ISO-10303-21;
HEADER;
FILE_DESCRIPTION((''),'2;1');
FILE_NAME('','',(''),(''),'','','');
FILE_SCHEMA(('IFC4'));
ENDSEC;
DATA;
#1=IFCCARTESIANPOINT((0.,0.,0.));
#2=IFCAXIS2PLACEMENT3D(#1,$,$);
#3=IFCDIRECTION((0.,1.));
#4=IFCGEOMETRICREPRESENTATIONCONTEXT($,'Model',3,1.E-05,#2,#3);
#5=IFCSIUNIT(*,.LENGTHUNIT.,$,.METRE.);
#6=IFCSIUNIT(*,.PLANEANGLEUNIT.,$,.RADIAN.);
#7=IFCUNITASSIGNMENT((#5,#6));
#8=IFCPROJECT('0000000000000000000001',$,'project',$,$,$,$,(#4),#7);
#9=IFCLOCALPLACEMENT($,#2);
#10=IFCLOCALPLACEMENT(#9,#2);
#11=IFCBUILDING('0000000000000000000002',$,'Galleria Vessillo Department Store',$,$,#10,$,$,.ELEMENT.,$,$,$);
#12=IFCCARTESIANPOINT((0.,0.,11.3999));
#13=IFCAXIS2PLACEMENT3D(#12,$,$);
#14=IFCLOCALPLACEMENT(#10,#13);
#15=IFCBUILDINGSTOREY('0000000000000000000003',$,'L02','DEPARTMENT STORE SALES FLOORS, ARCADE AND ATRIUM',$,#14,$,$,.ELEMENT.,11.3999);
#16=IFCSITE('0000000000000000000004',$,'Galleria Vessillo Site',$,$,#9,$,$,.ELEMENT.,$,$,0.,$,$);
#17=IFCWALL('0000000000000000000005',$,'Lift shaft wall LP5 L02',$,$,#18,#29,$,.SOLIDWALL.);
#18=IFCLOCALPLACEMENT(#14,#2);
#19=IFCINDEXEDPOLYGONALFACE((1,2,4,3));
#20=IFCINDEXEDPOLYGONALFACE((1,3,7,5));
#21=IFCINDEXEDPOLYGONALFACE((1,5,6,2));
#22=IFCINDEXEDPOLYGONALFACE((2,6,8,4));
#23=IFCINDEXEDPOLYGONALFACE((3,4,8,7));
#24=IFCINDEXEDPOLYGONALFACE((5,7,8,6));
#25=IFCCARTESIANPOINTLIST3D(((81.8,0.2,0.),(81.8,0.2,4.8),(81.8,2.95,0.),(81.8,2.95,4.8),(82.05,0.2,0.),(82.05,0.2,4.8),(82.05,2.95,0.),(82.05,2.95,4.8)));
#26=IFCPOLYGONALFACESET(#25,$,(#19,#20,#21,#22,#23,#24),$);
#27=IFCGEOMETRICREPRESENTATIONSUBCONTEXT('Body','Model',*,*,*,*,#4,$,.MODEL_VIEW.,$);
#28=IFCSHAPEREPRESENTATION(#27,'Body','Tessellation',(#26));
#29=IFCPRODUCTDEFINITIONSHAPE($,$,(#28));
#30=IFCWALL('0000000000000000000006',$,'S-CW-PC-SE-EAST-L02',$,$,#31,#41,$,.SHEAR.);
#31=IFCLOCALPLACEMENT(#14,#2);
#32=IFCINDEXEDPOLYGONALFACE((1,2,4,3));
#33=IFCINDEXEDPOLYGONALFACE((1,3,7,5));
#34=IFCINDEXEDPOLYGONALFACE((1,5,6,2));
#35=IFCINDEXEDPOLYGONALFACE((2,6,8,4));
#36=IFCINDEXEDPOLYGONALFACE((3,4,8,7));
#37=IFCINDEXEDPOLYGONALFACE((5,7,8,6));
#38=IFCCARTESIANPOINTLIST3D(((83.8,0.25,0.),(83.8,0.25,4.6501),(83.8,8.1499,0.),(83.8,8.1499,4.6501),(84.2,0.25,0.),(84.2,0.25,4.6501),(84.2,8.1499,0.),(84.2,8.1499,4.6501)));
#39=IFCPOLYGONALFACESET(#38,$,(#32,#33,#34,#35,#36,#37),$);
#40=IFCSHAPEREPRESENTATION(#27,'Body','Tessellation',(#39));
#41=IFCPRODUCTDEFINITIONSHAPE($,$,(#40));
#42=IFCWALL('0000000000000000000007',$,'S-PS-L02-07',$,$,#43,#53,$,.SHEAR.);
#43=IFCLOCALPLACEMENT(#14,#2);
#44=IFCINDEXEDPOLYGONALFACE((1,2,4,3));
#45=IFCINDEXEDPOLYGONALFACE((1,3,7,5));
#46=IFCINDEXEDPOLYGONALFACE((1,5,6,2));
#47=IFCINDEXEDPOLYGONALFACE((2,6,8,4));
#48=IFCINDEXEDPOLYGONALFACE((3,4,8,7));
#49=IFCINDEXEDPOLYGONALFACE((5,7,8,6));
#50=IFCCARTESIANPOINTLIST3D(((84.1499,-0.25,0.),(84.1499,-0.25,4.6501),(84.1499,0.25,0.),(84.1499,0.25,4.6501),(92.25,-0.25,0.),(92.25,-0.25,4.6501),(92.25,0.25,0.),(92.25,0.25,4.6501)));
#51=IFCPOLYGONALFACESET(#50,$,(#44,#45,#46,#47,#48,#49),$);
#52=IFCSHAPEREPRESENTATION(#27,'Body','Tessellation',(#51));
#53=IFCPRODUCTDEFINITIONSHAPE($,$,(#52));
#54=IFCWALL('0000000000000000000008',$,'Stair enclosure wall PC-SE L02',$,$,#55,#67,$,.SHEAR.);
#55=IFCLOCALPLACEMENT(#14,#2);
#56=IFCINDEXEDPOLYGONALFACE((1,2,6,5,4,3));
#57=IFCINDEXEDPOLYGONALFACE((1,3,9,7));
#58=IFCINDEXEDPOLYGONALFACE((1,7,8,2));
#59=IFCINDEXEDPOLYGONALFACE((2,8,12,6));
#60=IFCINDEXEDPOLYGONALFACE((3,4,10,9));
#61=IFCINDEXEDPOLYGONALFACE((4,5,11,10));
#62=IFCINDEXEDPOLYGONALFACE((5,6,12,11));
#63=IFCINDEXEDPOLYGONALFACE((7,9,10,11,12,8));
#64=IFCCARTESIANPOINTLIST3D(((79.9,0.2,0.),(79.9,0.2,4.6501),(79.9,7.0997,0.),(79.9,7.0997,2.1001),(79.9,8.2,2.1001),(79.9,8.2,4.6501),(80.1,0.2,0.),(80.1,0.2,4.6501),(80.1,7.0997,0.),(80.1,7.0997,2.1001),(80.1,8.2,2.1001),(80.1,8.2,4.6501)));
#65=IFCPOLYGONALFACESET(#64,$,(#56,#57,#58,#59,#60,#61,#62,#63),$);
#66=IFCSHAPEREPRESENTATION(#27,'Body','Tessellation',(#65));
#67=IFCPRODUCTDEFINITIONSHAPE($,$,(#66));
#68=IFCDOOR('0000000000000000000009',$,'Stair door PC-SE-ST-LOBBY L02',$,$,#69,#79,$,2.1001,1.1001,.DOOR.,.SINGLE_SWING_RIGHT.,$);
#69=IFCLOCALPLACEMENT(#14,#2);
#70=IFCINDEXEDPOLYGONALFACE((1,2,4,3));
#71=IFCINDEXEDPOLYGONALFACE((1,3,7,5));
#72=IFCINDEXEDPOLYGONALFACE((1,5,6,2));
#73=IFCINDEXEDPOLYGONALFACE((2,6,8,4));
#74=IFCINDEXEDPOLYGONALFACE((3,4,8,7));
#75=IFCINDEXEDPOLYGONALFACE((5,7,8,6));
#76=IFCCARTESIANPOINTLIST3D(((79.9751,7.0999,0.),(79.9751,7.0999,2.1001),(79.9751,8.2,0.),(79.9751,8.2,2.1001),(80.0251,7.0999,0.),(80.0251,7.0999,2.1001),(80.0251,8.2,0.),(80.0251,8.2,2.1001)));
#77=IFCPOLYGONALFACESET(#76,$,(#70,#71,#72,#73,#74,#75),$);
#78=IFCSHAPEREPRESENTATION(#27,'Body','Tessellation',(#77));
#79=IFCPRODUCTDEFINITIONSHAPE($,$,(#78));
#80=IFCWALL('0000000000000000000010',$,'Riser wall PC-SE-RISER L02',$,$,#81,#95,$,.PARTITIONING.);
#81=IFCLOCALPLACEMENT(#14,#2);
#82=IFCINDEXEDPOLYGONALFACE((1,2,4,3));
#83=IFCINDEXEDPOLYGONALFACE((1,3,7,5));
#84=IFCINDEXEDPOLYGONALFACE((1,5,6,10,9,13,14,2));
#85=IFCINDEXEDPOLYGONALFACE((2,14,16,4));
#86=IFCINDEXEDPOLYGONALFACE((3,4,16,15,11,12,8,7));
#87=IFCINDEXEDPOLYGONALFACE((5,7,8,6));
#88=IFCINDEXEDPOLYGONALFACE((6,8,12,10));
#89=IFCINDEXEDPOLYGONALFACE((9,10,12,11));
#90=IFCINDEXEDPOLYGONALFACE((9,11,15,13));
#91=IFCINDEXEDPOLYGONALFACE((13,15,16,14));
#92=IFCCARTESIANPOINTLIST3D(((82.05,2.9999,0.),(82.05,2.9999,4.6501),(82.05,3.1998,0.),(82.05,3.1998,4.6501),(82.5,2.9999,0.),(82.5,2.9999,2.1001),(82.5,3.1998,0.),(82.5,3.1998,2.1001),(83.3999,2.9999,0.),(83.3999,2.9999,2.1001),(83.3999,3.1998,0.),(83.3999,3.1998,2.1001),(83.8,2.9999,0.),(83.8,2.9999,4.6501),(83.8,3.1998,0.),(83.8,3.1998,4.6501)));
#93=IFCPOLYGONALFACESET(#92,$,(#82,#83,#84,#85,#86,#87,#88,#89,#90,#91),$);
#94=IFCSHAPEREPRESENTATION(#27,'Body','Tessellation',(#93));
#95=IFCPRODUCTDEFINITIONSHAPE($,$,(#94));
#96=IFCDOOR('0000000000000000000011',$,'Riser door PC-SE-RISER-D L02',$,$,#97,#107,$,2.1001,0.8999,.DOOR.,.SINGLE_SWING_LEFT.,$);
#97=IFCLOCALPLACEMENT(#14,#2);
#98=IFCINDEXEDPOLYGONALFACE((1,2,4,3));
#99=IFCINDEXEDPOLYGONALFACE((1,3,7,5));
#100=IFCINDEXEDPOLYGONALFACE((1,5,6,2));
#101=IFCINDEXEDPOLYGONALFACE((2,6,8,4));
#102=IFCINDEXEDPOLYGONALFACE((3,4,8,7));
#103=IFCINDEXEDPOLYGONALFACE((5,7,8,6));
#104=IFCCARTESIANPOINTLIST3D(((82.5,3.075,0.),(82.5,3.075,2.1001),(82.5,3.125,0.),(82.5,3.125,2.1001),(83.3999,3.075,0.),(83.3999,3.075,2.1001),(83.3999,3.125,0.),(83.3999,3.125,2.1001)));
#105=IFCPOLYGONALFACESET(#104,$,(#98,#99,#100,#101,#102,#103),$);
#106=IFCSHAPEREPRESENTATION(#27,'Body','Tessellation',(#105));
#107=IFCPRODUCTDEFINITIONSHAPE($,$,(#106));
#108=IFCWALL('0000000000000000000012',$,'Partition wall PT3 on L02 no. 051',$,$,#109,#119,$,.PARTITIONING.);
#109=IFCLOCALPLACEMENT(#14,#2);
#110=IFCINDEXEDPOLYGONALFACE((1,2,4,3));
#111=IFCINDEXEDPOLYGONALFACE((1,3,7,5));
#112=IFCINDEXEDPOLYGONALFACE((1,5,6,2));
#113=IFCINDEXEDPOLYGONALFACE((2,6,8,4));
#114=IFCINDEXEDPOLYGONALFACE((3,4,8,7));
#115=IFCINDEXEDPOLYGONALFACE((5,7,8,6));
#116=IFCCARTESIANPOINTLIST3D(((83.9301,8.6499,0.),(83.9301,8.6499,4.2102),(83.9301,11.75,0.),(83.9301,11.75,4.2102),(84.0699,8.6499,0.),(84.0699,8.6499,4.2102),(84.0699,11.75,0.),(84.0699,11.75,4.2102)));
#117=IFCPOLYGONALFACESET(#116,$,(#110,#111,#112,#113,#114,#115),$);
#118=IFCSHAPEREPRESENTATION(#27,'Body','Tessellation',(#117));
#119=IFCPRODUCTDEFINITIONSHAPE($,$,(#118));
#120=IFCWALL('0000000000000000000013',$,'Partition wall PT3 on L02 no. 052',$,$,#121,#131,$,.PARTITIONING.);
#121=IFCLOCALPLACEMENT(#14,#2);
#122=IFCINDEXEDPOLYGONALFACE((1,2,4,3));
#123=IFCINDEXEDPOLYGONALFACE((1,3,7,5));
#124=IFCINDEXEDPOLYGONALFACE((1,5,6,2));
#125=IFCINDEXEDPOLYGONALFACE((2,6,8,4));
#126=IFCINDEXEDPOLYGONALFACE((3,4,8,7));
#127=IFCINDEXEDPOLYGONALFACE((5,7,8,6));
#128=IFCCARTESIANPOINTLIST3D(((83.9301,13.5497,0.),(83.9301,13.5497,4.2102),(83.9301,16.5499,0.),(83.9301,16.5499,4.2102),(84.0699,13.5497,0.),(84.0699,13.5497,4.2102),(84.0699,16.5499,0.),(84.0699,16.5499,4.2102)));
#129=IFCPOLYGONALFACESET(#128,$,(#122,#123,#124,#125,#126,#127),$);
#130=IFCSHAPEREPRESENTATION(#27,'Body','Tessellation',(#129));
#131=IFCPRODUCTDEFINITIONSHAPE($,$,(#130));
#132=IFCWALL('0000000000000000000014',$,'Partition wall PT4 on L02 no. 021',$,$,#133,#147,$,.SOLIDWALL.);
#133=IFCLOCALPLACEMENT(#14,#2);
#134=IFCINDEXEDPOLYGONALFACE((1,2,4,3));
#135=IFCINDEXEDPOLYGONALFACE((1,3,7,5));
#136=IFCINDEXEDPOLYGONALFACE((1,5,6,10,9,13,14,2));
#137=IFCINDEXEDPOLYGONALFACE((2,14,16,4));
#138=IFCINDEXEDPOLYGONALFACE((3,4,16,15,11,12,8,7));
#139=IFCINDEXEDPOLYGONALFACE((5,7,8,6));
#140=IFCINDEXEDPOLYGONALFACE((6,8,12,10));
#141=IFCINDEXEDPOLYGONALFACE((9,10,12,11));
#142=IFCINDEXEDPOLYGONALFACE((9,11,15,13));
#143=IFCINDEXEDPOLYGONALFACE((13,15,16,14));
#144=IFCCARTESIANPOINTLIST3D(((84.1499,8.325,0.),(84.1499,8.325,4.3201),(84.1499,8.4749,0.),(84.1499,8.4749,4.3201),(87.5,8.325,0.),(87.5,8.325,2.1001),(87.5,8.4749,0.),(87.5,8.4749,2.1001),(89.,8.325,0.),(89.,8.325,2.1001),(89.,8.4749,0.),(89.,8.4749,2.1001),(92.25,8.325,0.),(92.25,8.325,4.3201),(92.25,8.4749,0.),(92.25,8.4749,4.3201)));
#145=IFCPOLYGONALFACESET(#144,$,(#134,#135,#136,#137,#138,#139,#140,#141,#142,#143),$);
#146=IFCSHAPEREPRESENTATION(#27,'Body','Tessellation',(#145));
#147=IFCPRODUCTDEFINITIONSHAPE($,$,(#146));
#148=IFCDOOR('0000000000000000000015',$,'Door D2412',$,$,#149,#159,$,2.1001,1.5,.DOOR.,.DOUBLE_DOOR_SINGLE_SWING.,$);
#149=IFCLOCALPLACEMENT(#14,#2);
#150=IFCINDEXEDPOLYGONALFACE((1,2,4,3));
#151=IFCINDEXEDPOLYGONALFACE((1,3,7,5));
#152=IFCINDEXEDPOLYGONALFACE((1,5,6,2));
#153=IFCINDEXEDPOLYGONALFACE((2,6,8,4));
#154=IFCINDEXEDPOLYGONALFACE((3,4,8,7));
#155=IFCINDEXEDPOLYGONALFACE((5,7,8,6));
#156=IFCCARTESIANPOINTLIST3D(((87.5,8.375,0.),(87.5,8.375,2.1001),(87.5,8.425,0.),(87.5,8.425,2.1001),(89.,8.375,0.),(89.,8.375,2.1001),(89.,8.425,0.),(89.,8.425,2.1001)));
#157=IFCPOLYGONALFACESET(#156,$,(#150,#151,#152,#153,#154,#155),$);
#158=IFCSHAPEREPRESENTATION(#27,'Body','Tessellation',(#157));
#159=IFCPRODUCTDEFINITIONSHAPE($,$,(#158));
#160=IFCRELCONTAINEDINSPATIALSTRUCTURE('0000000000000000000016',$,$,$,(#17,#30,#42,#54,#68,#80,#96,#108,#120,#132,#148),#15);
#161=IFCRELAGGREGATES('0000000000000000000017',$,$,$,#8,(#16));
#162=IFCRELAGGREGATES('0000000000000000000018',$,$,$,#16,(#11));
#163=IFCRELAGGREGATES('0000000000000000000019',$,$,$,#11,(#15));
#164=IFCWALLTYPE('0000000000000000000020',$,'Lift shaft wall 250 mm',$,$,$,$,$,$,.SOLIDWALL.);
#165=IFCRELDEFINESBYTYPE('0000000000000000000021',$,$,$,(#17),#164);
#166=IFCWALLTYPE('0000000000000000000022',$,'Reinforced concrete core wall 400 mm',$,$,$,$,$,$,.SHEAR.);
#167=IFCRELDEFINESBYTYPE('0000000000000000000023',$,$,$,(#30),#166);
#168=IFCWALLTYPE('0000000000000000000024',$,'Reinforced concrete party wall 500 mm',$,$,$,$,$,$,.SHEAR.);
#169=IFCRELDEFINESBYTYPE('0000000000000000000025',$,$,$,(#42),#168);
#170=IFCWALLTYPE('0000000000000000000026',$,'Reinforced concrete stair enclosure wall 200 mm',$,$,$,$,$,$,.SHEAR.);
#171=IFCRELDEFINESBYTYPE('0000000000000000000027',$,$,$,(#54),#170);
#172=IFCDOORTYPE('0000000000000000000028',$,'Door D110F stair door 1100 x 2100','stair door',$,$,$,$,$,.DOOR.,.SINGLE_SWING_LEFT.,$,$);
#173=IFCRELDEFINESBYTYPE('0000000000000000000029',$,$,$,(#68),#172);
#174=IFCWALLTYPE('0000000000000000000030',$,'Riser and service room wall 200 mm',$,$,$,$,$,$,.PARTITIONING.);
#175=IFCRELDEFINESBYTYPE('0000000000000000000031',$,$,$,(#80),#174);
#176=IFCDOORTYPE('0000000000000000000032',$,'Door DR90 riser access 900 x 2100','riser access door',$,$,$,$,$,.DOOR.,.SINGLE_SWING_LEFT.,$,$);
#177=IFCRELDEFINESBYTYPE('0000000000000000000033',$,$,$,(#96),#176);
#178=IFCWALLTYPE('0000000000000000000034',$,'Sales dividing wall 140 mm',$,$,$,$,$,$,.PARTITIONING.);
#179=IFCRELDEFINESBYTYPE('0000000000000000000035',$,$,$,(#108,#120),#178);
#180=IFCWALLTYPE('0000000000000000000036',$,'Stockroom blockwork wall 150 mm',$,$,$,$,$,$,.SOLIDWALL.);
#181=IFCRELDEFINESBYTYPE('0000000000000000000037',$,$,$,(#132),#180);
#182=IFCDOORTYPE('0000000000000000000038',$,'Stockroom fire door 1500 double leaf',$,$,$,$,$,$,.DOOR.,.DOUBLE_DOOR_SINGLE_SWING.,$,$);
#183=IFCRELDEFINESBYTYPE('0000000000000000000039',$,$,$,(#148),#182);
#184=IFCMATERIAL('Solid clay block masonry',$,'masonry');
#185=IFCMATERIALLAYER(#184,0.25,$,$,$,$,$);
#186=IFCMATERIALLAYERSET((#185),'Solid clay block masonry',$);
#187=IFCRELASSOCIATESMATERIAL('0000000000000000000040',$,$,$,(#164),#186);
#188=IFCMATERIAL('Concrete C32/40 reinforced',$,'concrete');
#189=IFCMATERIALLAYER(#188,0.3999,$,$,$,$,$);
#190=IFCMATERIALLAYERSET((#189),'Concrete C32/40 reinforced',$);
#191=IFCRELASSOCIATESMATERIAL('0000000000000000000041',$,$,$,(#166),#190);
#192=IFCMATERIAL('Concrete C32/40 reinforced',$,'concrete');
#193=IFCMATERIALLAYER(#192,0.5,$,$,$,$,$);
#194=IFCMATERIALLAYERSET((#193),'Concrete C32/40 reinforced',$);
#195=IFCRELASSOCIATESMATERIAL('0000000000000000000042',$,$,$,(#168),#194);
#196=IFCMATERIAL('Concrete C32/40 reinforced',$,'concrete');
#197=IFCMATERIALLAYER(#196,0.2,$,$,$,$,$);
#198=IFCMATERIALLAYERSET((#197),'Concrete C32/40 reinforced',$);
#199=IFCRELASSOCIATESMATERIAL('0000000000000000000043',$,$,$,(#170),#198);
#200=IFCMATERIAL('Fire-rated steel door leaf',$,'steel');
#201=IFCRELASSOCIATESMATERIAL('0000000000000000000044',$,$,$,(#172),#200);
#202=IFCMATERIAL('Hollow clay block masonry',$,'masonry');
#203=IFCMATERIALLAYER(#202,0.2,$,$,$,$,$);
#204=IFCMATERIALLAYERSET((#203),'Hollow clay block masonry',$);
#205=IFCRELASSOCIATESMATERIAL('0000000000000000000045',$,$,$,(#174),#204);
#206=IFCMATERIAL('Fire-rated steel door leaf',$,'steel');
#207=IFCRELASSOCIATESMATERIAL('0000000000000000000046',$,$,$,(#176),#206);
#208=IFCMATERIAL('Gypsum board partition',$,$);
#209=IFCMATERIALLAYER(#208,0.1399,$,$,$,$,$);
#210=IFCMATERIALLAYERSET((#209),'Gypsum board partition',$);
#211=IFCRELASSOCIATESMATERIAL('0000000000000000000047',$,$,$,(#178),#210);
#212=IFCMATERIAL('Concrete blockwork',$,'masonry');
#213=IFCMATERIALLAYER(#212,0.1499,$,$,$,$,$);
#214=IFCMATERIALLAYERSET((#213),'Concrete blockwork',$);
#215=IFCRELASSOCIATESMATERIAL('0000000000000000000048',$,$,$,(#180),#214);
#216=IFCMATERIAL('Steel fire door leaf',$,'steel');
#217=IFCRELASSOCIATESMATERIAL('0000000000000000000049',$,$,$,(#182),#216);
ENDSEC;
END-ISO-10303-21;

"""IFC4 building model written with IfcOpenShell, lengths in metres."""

from ifc_helpers import new_model, si_unit, direction, frame, frame_2d, origin, place, context, subcontext, project, spatial, rectangle, extrude, material, layer, layer_set, type_object, element, fill, save


model = new_model("IFC4")

# Units and contexts
model_context = context("Model", 3, precision=1e-05, world=origin(), true_north=direction((0.0, 1.0)))
body_context = subcontext(model_context, "Body", "Model", "MODEL_VIEW")
ifc_project = project(units=[si_unit("LENGTHUNIT", "METRE"), si_unit("PLANEANGLEUNIT", "RADIAN")], contexts=[model_context])

# Site, building, storey
site_placement = place(None, origin())
site = spatial("IfcSite", under=ifc_project, at=site_placement, Name="Galleria Vessillo Site", CompositionType="ELEMENT", RefElevation=0.0)
building_placement = place(site_placement, origin())
building = spatial("IfcBuilding", under=site, at=building_placement, Name="Galleria Vessillo Department Store", CompositionType="ELEMENT")
storey_placement = place(building_placement, frame((0.0, 0.0, 11.3999)))
storey = spatial("IfcBuildingStorey", under=building, at=storey_placement, Name="L02", Description="DEPARTMENT STORE SALES FLOORS, ARCADE AND ATRIUM", CompositionType="ELEMENT", Elevation=11.3999)

# Shared definitions
ifc_material_1 = material(Name="Solid clay block masonry", Category="masonry")
ifc_layer_1 = layer(ifc_material_1, 0.25)
ifc_layer_set_1 = layer_set([ifc_layer_1], Name="Solid clay block masonry")
wall_type_1 = type_object("IfcWallType", Name="Lift shaft wall 250 mm", PredefinedType="SOLIDWALL", material=ifc_layer_set_1)

# Walls
wall_1_placement = place(storey_placement, frame((81.925, 0.2, 0.0), z_axis=(0.0, 0.0, 1.0), x_axis=(0.0, 1.0, 0.0)))
element("IfcWall", 1, at=wall_1_placement, inside=storey, type_object=wall_type_1, Name="Lift shaft wall LP5 L02", PredefinedType="SOLIDWALL", context=body_context, shape_type="SweptSolid", body=[
    extrude(rectangle(XDim=2.75, YDim=0.25, at=frame_2d((1.375, 0.0))), origin(), (0.0, 0.0, 1.0), 4.8),
])
ifc_material_2 = material(Name="Concrete C32/40 reinforced", Category="concrete")
ifc_layer_2 = layer(ifc_material_2, 0.3999)
ifc_layer_set_2 = layer_set([ifc_layer_2], Name="Concrete C32/40 reinforced")
wall_type_2 = type_object("IfcWallType", Name="Reinforced concrete core wall 400 mm", PredefinedType="SHEAR", material=ifc_layer_set_2)
wall_2_placement = place(storey_placement, frame((84.0, 0.25, 0.0), z_axis=(0.0, 0.0, 1.0), x_axis=(0.0, 1.0, 0.0)))
element("IfcWall", 2, at=wall_2_placement, inside=storey, type_object=wall_type_2, Name="S-CW-PC-SE-EAST-L02", PredefinedType="SHEAR", context=body_context, shape_type="SweptSolid", body=[
    extrude(rectangle(XDim=7.8999, YDim=0.3999, at=frame_2d((3.95, 0.0))), origin(), (0.0, 0.0, 1.0), 4.6501),
])
ifc_material_3 = material(Name="Concrete C32/40 reinforced", Category="concrete")
ifc_layer_3 = layer(ifc_material_3, 0.5)
ifc_layer_set_3 = layer_set([ifc_layer_3], Name="Concrete C32/40 reinforced")
wall_type_3 = type_object("IfcWallType", Name="Reinforced concrete party wall 500 mm", PredefinedType="SHEAR", material=ifc_layer_set_3)
wall_3_placement = place(storey_placement, frame((84.1499, 0.0, 0.0), z_axis=(0.0, 0.0, 1.0), x_axis=(1.0, 0.0, 0.0)))
element("IfcWall", 3, at=wall_3_placement, inside=storey, type_object=wall_type_3, Name="S-PS-L02-07", PredefinedType="SHEAR", context=body_context, shape_type="SweptSolid", body=[
    extrude(rectangle(XDim=8.1001, YDim=0.5, at=frame_2d((4.05, 0.0))), origin(), (0.0, 0.0, 1.0), 4.6501),
])

# Walls, openings, doors
ifc_material_4 = material(Name="Concrete C32/40 reinforced", Category="concrete")
ifc_layer_4 = layer(ifc_material_4, 0.2)
ifc_layer_set_4 = layer_set([ifc_layer_4], Name="Concrete C32/40 reinforced")
wall_type_4 = type_object("IfcWallType", Name="Reinforced concrete stair enclosure wall 200 mm", PredefinedType="SHEAR", material=ifc_layer_set_4)
wall_4_placement = place(storey_placement, frame((80.0, 0.2, 0.0), z_axis=(0.0, 0.0, 1.0), x_axis=(0.0, 1.0, 0.0)))
wall_4 = element("IfcWall", 4, at=wall_4_placement, inside=storey, type_object=wall_type_4, Name="Stair enclosure wall PC-SE L02", PredefinedType="SHEAR", context=body_context, shape_type="SweptSolid", body=[
    extrude(rectangle(XDim=8.0, YDim=0.2, at=frame_2d((4.0, 0.0))), origin(), (0.0, 0.0, 1.0), 4.6501),
])
opening_1_placement = place(wall_4_placement, frame((6.8999, 0.0, 0.0)))
opening_1 = element("IfcOpeningElement", 5, at=opening_1_placement, cuts=wall_4, PredefinedType="OPENING", context=body_context, shape_type="SweptSolid", body=[
    extrude(rectangle(XDim=1.1101, YDim=2.1001, at=frame_2d((0.5549, 1.05))), frame((0.0, 0.1099, 0.0), z_axis=(0.0, -1.0, 0.0), x_axis=(1.0, 0.0, 0.0)), (0.0, 0.0, 1.0), 0.22),
])
ifc_material_5 = material(Name="Fire-rated steel door leaf", Category="steel")
door_type_1 = type_object("IfcDoorType", Name="Door D110F stair door 1100 x 2100", Description="stair door", OperationType="SINGLE_SWING_LEFT", PredefinedType="DOOR", material=ifc_material_5)
door_1_placement = place(opening_1_placement, origin())
door_1 = element("IfcDoor", 6, at=door_1_placement, inside=storey, type_object=door_type_1, Name="Stair door PC-SE-ST-LOBBY L02", OperationType="SINGLE_SWING_RIGHT", OverallHeight=2.1001, OverallWidth=1.1001, PredefinedType="DOOR", context=body_context, shape_type="SweptSolid", body=[
    extrude(rectangle(XDim=1.1001, YDim=2.1001, at=frame_2d((0.55, 1.05))), frame((0.0, 0.0249, 0.0), z_axis=(0.0, -1.0, 0.0), x_axis=(1.0, 0.0, 0.0)), (0.0, 0.0, 1.0), 0.05),
])
fill(opening_1, door_1)
ifc_material_6 = material(Name="Hollow clay block masonry", Category="masonry")
ifc_layer_5 = layer(ifc_material_6, 0.2)
ifc_layer_set_5 = layer_set([ifc_layer_5], Name="Hollow clay block masonry")
wall_type_5 = type_object("IfcWallType", Name="Riser and service room wall 200 mm", PredefinedType="PARTITIONING", material=ifc_layer_set_5)
wall_5_placement = place(storey_placement, frame((82.05, 3.0999, 0.0), z_axis=(0.0, 0.0, 1.0), x_axis=(1.0, 0.0, 0.0)))
wall_5 = element("IfcWall", 7, at=wall_5_placement, inside=storey, type_object=wall_type_5, Name="Riser wall PC-SE-RISER L02", PredefinedType="PARTITIONING", context=body_context, shape_type="SweptSolid", body=[
    extrude(rectangle(XDim=1.75, YDim=0.2, at=frame_2d((0.875, 0.0))), origin(), (0.0, 0.0, 1.0), 4.6501),
])
opening_2_placement = place(wall_5_placement, frame((0.45, 0.0, 0.0)))
opening_2 = element("IfcOpeningElement", 8, at=opening_2_placement, cuts=wall_5, PredefinedType="OPENING", context=body_context, shape_type="SweptSolid", body=[
    extrude(rectangle(XDim=0.8999, YDim=2.1001, at=frame_2d((0.45, 1.05))), frame((0.0, 0.1099, 0.0), z_axis=(0.0, -1.0, 0.0), x_axis=(1.0, 0.0, 0.0)), (0.0, 0.0, 1.0), 0.22),
])
ifc_material_7 = material(Name="Fire-rated steel door leaf", Category="steel")
door_type_2 = type_object("IfcDoorType", Name="Door DR90 riser access 900 x 2100", Description="riser access door", OperationType="SINGLE_SWING_LEFT", PredefinedType="DOOR", material=ifc_material_7)
door_2_placement = place(opening_2_placement, frame((0.8999, 0.0, 0.0), z_axis=(0.0, 0.0, 1.0), x_axis=(-1.0, 0.0, 0.0)))
door_2 = element("IfcDoor", 9, at=door_2_placement, inside=storey, type_object=door_type_2, Name="Riser door PC-SE-RISER-D L02", OperationType="SINGLE_SWING_LEFT", OverallHeight=2.1001, OverallWidth=0.8999, PredefinedType="DOOR", context=body_context, shape_type="SweptSolid", body=[
    extrude(rectangle(XDim=0.8999, YDim=2.1001, at=frame_2d((0.45, 1.05))), frame((0.0, 0.0249, 0.0), z_axis=(0.0, -1.0, 0.0), x_axis=(1.0, 0.0, 0.0)), (0.0, 0.0, 1.0), 0.05),
])
fill(opening_2, door_2)

# Walls
ifc_material_8 = material(Name="Gypsum board partition")
ifc_layer_6 = layer(ifc_material_8, 0.1399)
ifc_layer_set_6 = layer_set([ifc_layer_6], Name="Gypsum board partition")
wall_type_6 = type_object("IfcWallType", Name="Sales dividing wall 140 mm", PredefinedType="PARTITIONING", material=ifc_layer_set_6)
wall_6_placement = place(storey_placement, frame((84.0, 8.6499, 0.0), z_axis=(0.0, 0.0, 1.0), x_axis=(0.0, 1.0, 0.0)))
element("IfcWall", 10, at=wall_6_placement, inside=storey, type_object=wall_type_6, Name="Partition wall PT3 on L02 no. 051", PredefinedType="PARTITIONING", context=body_context, shape_type="SweptSolid", body=[
    extrude(rectangle(XDim=3.1001, YDim=0.1399, at=frame_2d((1.55, 0.0))), origin(), (0.0, 0.0, 1.0), 4.2102),
])
wall_7_placement = place(storey_placement, frame((84.0, 13.5498, 0.0), z_axis=(0.0, 0.0, 1.0), x_axis=(0.0, 1.0, 0.0)))
element("IfcWall", 11, at=wall_7_placement, inside=storey, type_object=wall_type_6, Name="Partition wall PT3 on L02 no. 052", PredefinedType="PARTITIONING", context=body_context, shape_type="SweptSolid", body=[
    extrude(rectangle(XDim=3.0002, YDim=0.1399, at=frame_2d((1.5, 0.0))), origin(), (0.0, 0.0, 1.0), 4.2102),
])

# Wall, opening, door
ifc_material_9 = material(Name="Concrete blockwork", Category="masonry")
ifc_layer_7 = layer(ifc_material_9, 0.1499)
ifc_layer_set_7 = layer_set([ifc_layer_7], Name="Concrete blockwork")
wall_type_7 = type_object("IfcWallType", Name="Stockroom blockwork wall 150 mm", PredefinedType="SOLIDWALL", material=ifc_layer_set_7)
wall_8_placement = place(storey_placement, frame((84.1499, 8.3999, 0.0), z_axis=(0.0, 0.0, 1.0), x_axis=(1.0, 0.0, 0.0)))
wall_8 = element("IfcWall", 12, at=wall_8_placement, inside=storey, type_object=wall_type_7, Name="Partition wall PT4 on L02 no. 021", PredefinedType="SOLIDWALL", context=body_context, shape_type="SweptSolid", body=[
    extrude(rectangle(XDim=8.1001, YDim=0.1499, at=frame_2d((4.05, 0.0))), origin(), (0.0, 0.0, 1.0), 4.3201),
])
opening_3_placement = place(wall_8_placement, frame((3.3501, 0.0, 0.0)))
opening_3 = element("IfcOpeningElement", 13, at=opening_3_placement, cuts=wall_8, PredefinedType="OPENING", context=body_context, shape_type="SweptSolid", body=[
    extrude(rectangle(XDim=1.5, YDim=2.1001, at=frame_2d((0.75, 1.05))), frame((0.0, 0.085, 0.0), z_axis=(0.0, -1.0, 0.0), x_axis=(1.0, 0.0, 0.0)), (0.0, 0.0, 1.0), 0.1699),
])
ifc_material_10 = material(Name="Steel fire door leaf", Category="steel")
door_type_3 = type_object("IfcDoorType", Name="Stockroom fire door 1500 double leaf", OperationType="DOUBLE_DOOR_SINGLE_SWING", PredefinedType="DOOR", material=ifc_material_10)
door_3_placement = place(opening_3_placement, frame((1.5, 0.0, 0.0), z_axis=(0.0, 0.0, 1.0), x_axis=(-1.0, 0.0, 0.0)))
door_3 = element("IfcDoor", 14, at=door_3_placement, inside=storey, type_object=door_type_3, Name="Door D2412", OperationType="DOUBLE_DOOR_SINGLE_SWING", OverallHeight=2.1001, OverallWidth=1.5, PredefinedType="DOOR", context=body_context, shape_type="SweptSolid", body=[
    extrude(rectangle(XDim=1.5, YDim=2.1001, at=frame_2d((0.75, 1.05))), frame((0.0, 0.0249, 0.0), z_axis=(0.0, -1.0, 0.0), x_axis=(1.0, 0.0, 0.0)), (0.0, 0.0, 1.0), 0.05),
])
fill(opening_3, door_3)

save(model, "model.ifc")
